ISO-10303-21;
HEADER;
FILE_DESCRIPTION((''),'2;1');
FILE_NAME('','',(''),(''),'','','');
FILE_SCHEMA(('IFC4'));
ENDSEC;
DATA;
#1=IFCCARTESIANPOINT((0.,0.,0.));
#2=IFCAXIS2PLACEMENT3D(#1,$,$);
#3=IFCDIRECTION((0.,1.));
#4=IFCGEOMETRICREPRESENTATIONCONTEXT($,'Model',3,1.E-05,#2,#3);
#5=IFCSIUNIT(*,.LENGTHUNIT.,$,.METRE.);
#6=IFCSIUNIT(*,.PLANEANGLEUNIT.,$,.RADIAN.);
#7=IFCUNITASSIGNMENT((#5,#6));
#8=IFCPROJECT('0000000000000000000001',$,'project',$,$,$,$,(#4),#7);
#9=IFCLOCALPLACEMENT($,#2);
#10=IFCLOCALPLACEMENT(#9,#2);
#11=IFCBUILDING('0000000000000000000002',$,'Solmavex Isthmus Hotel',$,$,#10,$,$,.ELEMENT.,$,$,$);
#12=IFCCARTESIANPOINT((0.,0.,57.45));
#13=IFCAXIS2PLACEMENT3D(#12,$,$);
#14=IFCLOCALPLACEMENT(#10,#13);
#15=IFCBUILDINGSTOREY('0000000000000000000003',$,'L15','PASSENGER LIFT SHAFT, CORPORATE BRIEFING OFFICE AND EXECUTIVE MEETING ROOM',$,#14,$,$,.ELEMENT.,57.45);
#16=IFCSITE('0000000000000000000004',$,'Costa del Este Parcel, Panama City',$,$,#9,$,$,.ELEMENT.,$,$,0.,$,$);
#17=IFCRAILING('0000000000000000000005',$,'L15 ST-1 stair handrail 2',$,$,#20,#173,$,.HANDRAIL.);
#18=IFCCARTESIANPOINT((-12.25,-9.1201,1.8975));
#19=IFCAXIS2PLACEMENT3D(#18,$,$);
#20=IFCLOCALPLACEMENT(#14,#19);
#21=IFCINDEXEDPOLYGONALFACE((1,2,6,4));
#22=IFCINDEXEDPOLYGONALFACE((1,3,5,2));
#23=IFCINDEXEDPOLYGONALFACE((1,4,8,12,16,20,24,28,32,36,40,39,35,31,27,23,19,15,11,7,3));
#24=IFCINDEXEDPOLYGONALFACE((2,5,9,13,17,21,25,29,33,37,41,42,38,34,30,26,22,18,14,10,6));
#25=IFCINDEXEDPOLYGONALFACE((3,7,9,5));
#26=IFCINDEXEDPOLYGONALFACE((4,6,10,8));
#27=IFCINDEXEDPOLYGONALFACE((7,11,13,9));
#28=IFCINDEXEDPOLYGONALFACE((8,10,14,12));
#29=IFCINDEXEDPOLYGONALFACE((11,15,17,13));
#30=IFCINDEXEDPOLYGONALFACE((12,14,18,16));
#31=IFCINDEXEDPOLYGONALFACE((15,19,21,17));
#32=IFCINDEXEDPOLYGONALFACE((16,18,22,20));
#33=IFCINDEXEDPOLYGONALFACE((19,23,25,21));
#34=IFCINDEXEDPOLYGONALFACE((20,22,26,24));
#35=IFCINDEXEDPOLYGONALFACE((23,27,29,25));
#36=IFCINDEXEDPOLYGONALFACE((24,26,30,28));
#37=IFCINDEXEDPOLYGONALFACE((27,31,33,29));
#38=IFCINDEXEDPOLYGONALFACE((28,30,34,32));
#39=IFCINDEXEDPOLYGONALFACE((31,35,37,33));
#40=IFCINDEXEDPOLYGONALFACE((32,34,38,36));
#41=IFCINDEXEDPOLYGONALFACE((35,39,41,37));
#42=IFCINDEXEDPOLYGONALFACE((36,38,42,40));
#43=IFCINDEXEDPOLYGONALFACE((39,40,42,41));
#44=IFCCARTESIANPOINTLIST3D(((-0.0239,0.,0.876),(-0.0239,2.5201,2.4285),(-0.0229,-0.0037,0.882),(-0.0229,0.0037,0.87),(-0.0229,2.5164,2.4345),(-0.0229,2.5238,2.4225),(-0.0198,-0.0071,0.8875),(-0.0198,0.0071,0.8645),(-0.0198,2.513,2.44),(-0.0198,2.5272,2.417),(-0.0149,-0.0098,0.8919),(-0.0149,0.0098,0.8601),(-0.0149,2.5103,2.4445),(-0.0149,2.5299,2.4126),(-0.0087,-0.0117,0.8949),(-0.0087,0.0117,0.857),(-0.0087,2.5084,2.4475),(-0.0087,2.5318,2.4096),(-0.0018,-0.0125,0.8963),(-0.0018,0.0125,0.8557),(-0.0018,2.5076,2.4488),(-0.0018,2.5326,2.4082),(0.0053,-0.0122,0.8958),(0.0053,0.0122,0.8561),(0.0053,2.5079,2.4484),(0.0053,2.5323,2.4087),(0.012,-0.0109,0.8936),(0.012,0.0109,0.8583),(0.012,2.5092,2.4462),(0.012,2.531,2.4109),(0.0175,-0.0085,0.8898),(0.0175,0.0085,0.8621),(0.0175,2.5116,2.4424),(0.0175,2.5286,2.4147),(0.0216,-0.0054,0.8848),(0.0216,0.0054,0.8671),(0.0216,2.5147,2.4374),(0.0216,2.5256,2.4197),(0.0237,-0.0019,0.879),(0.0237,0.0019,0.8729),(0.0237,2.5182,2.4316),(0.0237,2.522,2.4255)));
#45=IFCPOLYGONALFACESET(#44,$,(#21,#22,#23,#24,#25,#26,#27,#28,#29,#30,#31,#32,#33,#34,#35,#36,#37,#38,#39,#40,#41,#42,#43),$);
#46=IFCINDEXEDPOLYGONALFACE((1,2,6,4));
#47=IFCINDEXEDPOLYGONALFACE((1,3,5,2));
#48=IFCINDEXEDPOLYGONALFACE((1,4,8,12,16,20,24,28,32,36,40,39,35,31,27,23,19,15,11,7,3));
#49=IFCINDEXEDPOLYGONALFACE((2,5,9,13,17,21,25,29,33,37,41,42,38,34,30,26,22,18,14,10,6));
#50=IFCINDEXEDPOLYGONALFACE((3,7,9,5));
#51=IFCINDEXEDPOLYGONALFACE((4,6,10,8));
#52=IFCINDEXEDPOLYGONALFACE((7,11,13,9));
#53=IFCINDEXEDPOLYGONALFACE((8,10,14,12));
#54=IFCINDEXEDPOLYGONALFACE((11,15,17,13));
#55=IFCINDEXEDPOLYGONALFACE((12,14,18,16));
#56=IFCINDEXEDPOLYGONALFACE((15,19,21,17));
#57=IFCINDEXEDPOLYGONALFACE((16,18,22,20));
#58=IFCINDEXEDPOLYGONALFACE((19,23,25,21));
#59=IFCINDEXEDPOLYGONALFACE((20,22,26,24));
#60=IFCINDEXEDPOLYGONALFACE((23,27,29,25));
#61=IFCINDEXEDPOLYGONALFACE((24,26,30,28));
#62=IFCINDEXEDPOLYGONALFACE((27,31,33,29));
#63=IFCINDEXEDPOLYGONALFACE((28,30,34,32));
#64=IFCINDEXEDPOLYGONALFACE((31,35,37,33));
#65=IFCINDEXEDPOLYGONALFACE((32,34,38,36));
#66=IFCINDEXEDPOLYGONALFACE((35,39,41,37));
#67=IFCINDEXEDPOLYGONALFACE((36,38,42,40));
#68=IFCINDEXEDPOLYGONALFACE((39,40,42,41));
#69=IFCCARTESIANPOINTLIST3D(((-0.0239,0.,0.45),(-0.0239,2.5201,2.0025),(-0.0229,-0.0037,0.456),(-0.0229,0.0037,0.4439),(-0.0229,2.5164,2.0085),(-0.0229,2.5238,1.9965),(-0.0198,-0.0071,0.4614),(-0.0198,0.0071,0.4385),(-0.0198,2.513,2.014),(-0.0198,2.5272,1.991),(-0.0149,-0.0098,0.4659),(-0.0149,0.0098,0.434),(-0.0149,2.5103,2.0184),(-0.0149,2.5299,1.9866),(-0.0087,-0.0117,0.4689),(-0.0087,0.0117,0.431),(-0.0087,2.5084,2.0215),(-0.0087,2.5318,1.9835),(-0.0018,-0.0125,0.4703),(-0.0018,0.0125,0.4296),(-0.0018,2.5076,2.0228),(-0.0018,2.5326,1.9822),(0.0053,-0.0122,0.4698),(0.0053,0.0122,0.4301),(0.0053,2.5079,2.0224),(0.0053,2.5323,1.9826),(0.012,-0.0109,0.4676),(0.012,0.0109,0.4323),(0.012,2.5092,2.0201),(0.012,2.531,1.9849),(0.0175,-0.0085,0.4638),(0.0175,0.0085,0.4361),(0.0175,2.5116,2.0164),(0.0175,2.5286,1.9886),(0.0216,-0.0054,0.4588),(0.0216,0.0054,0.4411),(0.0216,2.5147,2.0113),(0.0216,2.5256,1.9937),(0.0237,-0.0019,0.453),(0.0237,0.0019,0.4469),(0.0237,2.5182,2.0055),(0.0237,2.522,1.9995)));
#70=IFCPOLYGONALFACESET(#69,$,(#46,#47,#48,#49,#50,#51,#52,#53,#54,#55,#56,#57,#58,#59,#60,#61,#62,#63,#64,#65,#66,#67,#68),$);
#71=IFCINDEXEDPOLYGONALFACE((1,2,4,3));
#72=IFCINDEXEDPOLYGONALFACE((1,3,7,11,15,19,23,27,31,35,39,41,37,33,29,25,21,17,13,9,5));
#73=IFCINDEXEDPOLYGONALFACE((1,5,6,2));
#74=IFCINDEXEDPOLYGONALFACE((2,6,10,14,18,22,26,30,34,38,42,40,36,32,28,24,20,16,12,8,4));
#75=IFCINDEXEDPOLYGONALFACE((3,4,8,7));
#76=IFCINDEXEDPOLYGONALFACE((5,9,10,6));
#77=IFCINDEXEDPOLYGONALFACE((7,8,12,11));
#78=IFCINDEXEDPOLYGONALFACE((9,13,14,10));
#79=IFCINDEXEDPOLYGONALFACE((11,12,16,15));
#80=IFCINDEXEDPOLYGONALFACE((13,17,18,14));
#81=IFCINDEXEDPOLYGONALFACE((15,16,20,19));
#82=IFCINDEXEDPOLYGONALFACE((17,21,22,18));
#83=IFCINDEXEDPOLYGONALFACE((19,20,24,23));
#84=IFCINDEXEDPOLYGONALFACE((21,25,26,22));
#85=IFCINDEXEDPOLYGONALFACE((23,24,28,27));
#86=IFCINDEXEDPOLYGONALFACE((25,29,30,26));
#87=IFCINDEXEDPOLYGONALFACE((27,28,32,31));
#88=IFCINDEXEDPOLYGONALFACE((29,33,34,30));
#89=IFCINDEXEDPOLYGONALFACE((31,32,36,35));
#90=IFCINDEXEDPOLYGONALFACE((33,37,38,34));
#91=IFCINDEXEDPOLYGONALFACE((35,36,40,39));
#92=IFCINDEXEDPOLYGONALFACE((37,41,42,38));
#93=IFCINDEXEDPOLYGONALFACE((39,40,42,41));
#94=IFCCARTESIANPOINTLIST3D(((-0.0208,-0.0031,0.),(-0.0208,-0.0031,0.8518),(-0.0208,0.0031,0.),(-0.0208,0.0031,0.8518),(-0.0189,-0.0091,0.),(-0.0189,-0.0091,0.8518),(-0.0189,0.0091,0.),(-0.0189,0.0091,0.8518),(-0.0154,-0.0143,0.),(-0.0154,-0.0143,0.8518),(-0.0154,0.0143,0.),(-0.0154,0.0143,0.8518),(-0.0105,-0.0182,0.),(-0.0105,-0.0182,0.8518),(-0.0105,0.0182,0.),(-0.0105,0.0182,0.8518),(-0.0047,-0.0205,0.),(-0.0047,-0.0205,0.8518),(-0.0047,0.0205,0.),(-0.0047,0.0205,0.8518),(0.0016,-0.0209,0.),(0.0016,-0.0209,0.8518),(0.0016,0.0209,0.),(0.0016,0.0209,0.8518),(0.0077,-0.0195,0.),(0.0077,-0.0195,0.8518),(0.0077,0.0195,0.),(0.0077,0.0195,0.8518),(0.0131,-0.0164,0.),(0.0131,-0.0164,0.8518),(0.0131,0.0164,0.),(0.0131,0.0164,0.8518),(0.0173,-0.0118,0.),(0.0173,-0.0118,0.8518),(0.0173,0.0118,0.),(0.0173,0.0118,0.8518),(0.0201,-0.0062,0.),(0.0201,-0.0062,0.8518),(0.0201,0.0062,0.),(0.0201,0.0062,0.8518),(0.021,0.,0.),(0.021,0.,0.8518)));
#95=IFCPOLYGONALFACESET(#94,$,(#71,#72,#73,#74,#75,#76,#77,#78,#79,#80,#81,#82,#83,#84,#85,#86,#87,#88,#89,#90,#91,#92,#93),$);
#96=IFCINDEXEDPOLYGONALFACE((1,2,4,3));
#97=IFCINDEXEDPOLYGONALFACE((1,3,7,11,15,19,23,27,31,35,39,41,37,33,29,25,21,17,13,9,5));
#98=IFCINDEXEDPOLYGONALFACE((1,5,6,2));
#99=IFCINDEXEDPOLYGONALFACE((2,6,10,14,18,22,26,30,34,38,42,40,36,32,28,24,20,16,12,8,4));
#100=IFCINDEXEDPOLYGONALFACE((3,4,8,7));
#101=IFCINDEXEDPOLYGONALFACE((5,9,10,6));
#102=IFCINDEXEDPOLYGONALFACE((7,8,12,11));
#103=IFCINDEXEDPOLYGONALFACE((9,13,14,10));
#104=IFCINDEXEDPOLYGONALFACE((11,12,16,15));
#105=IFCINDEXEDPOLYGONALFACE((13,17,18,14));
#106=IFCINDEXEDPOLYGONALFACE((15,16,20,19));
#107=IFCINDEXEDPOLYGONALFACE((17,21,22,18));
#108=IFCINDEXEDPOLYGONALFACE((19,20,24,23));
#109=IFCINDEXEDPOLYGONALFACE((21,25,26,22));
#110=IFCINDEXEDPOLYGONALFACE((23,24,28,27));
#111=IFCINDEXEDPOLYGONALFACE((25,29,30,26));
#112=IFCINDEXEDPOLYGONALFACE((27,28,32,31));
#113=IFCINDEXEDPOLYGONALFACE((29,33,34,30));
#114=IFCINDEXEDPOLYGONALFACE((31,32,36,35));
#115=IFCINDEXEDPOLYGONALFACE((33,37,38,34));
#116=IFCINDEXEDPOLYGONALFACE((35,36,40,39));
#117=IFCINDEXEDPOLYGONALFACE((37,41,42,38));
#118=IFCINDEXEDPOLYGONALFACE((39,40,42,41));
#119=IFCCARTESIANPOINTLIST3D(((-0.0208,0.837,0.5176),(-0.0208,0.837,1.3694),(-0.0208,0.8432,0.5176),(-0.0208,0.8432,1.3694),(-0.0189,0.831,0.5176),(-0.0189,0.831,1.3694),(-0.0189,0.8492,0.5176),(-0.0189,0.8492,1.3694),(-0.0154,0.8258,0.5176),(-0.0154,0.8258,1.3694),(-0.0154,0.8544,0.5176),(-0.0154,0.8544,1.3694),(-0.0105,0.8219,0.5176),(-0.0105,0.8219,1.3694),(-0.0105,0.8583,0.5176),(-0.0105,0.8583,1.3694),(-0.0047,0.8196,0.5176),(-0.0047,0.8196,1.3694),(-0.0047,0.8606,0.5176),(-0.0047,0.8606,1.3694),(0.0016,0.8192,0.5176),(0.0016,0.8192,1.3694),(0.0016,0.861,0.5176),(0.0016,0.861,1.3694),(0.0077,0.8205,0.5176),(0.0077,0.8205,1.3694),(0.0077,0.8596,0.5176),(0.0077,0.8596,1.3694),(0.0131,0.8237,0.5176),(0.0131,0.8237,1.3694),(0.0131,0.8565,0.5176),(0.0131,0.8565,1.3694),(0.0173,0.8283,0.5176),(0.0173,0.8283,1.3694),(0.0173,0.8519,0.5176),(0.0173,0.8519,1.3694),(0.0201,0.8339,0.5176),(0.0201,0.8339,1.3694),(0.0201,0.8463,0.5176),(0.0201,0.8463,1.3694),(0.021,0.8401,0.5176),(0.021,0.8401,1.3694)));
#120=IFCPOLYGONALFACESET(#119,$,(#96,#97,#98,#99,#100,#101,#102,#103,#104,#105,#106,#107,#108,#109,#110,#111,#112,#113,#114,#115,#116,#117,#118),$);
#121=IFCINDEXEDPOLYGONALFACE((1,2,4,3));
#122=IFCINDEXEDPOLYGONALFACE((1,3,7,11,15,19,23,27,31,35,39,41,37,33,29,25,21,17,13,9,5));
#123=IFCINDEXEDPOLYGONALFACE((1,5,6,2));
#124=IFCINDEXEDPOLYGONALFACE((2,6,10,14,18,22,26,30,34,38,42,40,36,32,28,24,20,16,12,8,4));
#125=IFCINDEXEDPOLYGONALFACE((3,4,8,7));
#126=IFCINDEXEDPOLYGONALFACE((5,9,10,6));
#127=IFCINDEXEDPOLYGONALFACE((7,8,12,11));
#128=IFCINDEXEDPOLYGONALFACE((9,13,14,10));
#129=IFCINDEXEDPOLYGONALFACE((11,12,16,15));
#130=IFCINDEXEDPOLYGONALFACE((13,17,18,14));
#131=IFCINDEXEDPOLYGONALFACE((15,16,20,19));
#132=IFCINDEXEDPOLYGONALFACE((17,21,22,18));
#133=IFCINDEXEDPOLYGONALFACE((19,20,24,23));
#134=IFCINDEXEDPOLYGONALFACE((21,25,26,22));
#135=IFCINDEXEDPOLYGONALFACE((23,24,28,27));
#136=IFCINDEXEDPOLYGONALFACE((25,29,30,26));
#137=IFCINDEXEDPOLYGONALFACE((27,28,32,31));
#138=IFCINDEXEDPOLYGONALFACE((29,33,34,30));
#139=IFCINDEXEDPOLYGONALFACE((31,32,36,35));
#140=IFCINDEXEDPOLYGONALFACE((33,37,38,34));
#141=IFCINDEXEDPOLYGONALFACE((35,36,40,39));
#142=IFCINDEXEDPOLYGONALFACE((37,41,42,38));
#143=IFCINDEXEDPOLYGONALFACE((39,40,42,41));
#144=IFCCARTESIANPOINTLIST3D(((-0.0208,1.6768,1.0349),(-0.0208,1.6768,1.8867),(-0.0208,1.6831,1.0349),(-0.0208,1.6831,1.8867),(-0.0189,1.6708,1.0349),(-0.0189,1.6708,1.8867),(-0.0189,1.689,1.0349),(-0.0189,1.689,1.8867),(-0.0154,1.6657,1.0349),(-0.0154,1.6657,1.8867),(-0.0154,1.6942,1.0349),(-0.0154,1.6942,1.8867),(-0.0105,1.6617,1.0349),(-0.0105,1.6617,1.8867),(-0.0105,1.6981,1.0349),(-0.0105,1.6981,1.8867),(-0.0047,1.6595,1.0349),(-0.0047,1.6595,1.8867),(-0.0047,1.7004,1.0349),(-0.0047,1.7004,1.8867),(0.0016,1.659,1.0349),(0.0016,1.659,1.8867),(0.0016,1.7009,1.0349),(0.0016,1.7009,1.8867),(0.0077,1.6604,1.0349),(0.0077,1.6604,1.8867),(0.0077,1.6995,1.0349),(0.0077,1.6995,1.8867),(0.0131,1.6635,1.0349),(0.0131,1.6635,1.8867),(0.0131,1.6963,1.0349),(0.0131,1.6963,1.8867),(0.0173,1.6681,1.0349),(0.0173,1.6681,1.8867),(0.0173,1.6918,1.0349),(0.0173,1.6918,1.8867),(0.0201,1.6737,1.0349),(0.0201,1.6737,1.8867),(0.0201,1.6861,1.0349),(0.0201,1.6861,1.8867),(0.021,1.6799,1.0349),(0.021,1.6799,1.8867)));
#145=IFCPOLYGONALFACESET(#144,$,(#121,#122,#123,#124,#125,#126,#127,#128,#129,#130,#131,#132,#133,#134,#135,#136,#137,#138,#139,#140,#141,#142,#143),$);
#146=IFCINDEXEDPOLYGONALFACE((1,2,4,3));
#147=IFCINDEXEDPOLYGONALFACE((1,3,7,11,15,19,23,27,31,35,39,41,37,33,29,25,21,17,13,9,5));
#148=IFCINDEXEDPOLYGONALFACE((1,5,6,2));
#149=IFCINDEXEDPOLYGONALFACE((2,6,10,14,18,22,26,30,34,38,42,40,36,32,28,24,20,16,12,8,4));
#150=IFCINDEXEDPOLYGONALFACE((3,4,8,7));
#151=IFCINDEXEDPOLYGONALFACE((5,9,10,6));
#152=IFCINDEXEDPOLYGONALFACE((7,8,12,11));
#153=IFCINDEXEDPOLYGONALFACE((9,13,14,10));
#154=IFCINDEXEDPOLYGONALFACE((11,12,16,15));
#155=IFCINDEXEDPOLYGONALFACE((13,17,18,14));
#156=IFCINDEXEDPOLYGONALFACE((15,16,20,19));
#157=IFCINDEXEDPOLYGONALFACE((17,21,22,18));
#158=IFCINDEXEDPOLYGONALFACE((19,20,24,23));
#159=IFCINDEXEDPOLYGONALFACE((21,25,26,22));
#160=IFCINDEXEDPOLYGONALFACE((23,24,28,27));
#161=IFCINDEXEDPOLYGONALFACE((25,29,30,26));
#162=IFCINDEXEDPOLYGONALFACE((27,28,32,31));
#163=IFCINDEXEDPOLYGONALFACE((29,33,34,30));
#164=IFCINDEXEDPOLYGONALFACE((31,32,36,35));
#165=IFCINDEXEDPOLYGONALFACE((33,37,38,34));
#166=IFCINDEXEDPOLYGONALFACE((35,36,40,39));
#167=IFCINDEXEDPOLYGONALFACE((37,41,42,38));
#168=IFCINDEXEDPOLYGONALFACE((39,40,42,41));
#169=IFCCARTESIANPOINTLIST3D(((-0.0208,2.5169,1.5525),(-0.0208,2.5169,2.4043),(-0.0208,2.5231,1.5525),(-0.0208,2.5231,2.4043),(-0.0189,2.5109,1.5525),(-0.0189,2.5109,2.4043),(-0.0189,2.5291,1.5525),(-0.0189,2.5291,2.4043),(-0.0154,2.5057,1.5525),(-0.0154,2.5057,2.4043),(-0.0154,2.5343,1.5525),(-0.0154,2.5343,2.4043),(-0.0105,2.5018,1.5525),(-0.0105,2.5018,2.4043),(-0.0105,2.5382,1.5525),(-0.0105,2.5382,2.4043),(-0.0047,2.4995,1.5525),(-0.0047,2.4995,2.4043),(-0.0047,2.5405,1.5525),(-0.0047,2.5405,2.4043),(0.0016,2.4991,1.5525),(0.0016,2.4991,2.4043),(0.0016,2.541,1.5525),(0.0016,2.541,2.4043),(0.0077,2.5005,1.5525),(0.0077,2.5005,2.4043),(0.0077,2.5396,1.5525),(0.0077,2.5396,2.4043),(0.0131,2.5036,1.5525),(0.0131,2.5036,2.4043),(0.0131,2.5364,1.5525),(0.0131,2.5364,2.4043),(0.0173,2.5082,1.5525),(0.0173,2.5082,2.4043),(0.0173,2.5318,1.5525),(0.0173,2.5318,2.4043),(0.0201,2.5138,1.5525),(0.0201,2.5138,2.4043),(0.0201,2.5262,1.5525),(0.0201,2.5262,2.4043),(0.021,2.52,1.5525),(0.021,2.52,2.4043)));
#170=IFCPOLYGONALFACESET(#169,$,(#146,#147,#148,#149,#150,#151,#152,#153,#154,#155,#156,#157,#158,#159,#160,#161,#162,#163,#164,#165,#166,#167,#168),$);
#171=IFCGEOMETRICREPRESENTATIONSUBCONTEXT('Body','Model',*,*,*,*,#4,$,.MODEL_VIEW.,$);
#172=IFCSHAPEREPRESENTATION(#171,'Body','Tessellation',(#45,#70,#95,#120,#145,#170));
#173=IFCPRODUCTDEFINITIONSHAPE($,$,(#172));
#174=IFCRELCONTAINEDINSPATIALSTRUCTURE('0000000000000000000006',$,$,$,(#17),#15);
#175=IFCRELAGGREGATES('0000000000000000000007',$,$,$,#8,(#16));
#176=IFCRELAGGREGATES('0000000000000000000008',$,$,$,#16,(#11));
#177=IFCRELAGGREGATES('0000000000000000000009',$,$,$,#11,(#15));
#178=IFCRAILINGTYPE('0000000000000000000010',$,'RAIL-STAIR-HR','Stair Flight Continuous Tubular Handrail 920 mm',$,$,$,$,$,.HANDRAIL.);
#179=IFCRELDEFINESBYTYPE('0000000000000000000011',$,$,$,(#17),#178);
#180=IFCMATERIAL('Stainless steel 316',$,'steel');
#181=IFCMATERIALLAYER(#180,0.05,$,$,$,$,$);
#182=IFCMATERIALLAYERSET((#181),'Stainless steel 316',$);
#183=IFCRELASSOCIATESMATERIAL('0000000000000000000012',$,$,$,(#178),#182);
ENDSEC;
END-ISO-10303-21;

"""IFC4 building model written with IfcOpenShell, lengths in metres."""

from ifc_helpers import new_model, si_unit, direction, frame, origin, origin_2d, place, context, subcontext, project, spatial, circle, extrude, material, layer, layer_set, type_object, element, save


model = new_model("IFC4")

# Units and contexts
model_context = context("Model", 3, precision=1e-05, world=origin(), true_north=direction((0.0, 1.0)))
body_context = subcontext(model_context, "Body", "Model", "MODEL_VIEW")
ifc_project = project(units=[si_unit("LENGTHUNIT", "METRE"), si_unit("PLANEANGLEUNIT", "RADIAN")], contexts=[model_context])

# Site, building, storey
site_placement = place(None, origin())
site = spatial("IfcSite", under=ifc_project, at=site_placement, Name="Costa del Este Parcel, Panama City", CompositionType="ELEMENT", RefElevation=0.0)
building_placement = place(site_placement, origin())
building = spatial("IfcBuilding", under=site, at=building_placement, Name="Solmavex Isthmus Hotel", CompositionType="ELEMENT")
storey_placement = place(building_placement, frame((0.0, 0.0, 57.45)))
storey = spatial("IfcBuildingStorey", under=building, at=storey_placement, Name="L15", Description="PASSENGER LIFT SHAFT, CORPORATE BRIEFING OFFICE AND EXECUTIVE MEETING ROOM", CompositionType="ELEMENT", Elevation=57.45)

# Shared definitions
ifc_material_1 = material(Name="Stainless steel 316", Category="steel")

# Railing
ifc_layer_1 = layer(ifc_material_1, 0.05)
ifc_layer_set_1 = layer_set([ifc_layer_1], Name="Stainless steel 316")
railing_type_1 = type_object("IfcRailingType", Name="RAIL-STAIR-HR", Description="Stair Flight Continuous Tubular Handrail 920 mm", PredefinedType="HANDRAIL", material=ifc_layer_set_1)
railing_1_placement = place(storey_placement, frame((-12.25, -9.1201, 1.8975)))
element("IfcRailing", 1, at=railing_1_placement, inside=storey, type_object=railing_type_1, Name="L15 ST-1 stair handrail 2", PredefinedType="HANDRAIL", context=body_context, shape_type="SweptSolid", body=[
    extrude(circle(Radius=0.0239, at=origin_2d()), frame((0.0, 0.0, 0.876), z_axis=(0.0, 0.8514, 0.524516), x_axis=(-1.0, 0.0, 0.0)), (0.0, 0.0, 1.0), 2.96),
    extrude(circle(Radius=0.0239, at=origin_2d()), frame((0.0, 0.0, 0.45), z_axis=(0.0, 0.8514, 0.524516), x_axis=(-1.0, 0.0, 0.0)), (0.0, 0.0, 1.0), 2.96),
    extrude(circle(Radius=0.021, at=origin_2d()), origin(), (0.0, 0.0, 1.0), 0.8518),
    extrude(circle(Radius=0.021, at=origin_2d()), frame((0.0, 0.8401, 0.5176)), (0.0, 0.0, 1.0), 0.8518),
    extrude(circle(Radius=0.021, at=origin_2d()), frame((0.0, 1.6799, 1.0349)), (0.0, 0.0, 1.0), 0.8518),
    extrude(circle(Radius=0.021, at=origin_2d()), frame((0.0, 2.52, 1.5525)), (0.0, 0.0, 1.0), 0.8518),
])

save(model, "model.ifc")
